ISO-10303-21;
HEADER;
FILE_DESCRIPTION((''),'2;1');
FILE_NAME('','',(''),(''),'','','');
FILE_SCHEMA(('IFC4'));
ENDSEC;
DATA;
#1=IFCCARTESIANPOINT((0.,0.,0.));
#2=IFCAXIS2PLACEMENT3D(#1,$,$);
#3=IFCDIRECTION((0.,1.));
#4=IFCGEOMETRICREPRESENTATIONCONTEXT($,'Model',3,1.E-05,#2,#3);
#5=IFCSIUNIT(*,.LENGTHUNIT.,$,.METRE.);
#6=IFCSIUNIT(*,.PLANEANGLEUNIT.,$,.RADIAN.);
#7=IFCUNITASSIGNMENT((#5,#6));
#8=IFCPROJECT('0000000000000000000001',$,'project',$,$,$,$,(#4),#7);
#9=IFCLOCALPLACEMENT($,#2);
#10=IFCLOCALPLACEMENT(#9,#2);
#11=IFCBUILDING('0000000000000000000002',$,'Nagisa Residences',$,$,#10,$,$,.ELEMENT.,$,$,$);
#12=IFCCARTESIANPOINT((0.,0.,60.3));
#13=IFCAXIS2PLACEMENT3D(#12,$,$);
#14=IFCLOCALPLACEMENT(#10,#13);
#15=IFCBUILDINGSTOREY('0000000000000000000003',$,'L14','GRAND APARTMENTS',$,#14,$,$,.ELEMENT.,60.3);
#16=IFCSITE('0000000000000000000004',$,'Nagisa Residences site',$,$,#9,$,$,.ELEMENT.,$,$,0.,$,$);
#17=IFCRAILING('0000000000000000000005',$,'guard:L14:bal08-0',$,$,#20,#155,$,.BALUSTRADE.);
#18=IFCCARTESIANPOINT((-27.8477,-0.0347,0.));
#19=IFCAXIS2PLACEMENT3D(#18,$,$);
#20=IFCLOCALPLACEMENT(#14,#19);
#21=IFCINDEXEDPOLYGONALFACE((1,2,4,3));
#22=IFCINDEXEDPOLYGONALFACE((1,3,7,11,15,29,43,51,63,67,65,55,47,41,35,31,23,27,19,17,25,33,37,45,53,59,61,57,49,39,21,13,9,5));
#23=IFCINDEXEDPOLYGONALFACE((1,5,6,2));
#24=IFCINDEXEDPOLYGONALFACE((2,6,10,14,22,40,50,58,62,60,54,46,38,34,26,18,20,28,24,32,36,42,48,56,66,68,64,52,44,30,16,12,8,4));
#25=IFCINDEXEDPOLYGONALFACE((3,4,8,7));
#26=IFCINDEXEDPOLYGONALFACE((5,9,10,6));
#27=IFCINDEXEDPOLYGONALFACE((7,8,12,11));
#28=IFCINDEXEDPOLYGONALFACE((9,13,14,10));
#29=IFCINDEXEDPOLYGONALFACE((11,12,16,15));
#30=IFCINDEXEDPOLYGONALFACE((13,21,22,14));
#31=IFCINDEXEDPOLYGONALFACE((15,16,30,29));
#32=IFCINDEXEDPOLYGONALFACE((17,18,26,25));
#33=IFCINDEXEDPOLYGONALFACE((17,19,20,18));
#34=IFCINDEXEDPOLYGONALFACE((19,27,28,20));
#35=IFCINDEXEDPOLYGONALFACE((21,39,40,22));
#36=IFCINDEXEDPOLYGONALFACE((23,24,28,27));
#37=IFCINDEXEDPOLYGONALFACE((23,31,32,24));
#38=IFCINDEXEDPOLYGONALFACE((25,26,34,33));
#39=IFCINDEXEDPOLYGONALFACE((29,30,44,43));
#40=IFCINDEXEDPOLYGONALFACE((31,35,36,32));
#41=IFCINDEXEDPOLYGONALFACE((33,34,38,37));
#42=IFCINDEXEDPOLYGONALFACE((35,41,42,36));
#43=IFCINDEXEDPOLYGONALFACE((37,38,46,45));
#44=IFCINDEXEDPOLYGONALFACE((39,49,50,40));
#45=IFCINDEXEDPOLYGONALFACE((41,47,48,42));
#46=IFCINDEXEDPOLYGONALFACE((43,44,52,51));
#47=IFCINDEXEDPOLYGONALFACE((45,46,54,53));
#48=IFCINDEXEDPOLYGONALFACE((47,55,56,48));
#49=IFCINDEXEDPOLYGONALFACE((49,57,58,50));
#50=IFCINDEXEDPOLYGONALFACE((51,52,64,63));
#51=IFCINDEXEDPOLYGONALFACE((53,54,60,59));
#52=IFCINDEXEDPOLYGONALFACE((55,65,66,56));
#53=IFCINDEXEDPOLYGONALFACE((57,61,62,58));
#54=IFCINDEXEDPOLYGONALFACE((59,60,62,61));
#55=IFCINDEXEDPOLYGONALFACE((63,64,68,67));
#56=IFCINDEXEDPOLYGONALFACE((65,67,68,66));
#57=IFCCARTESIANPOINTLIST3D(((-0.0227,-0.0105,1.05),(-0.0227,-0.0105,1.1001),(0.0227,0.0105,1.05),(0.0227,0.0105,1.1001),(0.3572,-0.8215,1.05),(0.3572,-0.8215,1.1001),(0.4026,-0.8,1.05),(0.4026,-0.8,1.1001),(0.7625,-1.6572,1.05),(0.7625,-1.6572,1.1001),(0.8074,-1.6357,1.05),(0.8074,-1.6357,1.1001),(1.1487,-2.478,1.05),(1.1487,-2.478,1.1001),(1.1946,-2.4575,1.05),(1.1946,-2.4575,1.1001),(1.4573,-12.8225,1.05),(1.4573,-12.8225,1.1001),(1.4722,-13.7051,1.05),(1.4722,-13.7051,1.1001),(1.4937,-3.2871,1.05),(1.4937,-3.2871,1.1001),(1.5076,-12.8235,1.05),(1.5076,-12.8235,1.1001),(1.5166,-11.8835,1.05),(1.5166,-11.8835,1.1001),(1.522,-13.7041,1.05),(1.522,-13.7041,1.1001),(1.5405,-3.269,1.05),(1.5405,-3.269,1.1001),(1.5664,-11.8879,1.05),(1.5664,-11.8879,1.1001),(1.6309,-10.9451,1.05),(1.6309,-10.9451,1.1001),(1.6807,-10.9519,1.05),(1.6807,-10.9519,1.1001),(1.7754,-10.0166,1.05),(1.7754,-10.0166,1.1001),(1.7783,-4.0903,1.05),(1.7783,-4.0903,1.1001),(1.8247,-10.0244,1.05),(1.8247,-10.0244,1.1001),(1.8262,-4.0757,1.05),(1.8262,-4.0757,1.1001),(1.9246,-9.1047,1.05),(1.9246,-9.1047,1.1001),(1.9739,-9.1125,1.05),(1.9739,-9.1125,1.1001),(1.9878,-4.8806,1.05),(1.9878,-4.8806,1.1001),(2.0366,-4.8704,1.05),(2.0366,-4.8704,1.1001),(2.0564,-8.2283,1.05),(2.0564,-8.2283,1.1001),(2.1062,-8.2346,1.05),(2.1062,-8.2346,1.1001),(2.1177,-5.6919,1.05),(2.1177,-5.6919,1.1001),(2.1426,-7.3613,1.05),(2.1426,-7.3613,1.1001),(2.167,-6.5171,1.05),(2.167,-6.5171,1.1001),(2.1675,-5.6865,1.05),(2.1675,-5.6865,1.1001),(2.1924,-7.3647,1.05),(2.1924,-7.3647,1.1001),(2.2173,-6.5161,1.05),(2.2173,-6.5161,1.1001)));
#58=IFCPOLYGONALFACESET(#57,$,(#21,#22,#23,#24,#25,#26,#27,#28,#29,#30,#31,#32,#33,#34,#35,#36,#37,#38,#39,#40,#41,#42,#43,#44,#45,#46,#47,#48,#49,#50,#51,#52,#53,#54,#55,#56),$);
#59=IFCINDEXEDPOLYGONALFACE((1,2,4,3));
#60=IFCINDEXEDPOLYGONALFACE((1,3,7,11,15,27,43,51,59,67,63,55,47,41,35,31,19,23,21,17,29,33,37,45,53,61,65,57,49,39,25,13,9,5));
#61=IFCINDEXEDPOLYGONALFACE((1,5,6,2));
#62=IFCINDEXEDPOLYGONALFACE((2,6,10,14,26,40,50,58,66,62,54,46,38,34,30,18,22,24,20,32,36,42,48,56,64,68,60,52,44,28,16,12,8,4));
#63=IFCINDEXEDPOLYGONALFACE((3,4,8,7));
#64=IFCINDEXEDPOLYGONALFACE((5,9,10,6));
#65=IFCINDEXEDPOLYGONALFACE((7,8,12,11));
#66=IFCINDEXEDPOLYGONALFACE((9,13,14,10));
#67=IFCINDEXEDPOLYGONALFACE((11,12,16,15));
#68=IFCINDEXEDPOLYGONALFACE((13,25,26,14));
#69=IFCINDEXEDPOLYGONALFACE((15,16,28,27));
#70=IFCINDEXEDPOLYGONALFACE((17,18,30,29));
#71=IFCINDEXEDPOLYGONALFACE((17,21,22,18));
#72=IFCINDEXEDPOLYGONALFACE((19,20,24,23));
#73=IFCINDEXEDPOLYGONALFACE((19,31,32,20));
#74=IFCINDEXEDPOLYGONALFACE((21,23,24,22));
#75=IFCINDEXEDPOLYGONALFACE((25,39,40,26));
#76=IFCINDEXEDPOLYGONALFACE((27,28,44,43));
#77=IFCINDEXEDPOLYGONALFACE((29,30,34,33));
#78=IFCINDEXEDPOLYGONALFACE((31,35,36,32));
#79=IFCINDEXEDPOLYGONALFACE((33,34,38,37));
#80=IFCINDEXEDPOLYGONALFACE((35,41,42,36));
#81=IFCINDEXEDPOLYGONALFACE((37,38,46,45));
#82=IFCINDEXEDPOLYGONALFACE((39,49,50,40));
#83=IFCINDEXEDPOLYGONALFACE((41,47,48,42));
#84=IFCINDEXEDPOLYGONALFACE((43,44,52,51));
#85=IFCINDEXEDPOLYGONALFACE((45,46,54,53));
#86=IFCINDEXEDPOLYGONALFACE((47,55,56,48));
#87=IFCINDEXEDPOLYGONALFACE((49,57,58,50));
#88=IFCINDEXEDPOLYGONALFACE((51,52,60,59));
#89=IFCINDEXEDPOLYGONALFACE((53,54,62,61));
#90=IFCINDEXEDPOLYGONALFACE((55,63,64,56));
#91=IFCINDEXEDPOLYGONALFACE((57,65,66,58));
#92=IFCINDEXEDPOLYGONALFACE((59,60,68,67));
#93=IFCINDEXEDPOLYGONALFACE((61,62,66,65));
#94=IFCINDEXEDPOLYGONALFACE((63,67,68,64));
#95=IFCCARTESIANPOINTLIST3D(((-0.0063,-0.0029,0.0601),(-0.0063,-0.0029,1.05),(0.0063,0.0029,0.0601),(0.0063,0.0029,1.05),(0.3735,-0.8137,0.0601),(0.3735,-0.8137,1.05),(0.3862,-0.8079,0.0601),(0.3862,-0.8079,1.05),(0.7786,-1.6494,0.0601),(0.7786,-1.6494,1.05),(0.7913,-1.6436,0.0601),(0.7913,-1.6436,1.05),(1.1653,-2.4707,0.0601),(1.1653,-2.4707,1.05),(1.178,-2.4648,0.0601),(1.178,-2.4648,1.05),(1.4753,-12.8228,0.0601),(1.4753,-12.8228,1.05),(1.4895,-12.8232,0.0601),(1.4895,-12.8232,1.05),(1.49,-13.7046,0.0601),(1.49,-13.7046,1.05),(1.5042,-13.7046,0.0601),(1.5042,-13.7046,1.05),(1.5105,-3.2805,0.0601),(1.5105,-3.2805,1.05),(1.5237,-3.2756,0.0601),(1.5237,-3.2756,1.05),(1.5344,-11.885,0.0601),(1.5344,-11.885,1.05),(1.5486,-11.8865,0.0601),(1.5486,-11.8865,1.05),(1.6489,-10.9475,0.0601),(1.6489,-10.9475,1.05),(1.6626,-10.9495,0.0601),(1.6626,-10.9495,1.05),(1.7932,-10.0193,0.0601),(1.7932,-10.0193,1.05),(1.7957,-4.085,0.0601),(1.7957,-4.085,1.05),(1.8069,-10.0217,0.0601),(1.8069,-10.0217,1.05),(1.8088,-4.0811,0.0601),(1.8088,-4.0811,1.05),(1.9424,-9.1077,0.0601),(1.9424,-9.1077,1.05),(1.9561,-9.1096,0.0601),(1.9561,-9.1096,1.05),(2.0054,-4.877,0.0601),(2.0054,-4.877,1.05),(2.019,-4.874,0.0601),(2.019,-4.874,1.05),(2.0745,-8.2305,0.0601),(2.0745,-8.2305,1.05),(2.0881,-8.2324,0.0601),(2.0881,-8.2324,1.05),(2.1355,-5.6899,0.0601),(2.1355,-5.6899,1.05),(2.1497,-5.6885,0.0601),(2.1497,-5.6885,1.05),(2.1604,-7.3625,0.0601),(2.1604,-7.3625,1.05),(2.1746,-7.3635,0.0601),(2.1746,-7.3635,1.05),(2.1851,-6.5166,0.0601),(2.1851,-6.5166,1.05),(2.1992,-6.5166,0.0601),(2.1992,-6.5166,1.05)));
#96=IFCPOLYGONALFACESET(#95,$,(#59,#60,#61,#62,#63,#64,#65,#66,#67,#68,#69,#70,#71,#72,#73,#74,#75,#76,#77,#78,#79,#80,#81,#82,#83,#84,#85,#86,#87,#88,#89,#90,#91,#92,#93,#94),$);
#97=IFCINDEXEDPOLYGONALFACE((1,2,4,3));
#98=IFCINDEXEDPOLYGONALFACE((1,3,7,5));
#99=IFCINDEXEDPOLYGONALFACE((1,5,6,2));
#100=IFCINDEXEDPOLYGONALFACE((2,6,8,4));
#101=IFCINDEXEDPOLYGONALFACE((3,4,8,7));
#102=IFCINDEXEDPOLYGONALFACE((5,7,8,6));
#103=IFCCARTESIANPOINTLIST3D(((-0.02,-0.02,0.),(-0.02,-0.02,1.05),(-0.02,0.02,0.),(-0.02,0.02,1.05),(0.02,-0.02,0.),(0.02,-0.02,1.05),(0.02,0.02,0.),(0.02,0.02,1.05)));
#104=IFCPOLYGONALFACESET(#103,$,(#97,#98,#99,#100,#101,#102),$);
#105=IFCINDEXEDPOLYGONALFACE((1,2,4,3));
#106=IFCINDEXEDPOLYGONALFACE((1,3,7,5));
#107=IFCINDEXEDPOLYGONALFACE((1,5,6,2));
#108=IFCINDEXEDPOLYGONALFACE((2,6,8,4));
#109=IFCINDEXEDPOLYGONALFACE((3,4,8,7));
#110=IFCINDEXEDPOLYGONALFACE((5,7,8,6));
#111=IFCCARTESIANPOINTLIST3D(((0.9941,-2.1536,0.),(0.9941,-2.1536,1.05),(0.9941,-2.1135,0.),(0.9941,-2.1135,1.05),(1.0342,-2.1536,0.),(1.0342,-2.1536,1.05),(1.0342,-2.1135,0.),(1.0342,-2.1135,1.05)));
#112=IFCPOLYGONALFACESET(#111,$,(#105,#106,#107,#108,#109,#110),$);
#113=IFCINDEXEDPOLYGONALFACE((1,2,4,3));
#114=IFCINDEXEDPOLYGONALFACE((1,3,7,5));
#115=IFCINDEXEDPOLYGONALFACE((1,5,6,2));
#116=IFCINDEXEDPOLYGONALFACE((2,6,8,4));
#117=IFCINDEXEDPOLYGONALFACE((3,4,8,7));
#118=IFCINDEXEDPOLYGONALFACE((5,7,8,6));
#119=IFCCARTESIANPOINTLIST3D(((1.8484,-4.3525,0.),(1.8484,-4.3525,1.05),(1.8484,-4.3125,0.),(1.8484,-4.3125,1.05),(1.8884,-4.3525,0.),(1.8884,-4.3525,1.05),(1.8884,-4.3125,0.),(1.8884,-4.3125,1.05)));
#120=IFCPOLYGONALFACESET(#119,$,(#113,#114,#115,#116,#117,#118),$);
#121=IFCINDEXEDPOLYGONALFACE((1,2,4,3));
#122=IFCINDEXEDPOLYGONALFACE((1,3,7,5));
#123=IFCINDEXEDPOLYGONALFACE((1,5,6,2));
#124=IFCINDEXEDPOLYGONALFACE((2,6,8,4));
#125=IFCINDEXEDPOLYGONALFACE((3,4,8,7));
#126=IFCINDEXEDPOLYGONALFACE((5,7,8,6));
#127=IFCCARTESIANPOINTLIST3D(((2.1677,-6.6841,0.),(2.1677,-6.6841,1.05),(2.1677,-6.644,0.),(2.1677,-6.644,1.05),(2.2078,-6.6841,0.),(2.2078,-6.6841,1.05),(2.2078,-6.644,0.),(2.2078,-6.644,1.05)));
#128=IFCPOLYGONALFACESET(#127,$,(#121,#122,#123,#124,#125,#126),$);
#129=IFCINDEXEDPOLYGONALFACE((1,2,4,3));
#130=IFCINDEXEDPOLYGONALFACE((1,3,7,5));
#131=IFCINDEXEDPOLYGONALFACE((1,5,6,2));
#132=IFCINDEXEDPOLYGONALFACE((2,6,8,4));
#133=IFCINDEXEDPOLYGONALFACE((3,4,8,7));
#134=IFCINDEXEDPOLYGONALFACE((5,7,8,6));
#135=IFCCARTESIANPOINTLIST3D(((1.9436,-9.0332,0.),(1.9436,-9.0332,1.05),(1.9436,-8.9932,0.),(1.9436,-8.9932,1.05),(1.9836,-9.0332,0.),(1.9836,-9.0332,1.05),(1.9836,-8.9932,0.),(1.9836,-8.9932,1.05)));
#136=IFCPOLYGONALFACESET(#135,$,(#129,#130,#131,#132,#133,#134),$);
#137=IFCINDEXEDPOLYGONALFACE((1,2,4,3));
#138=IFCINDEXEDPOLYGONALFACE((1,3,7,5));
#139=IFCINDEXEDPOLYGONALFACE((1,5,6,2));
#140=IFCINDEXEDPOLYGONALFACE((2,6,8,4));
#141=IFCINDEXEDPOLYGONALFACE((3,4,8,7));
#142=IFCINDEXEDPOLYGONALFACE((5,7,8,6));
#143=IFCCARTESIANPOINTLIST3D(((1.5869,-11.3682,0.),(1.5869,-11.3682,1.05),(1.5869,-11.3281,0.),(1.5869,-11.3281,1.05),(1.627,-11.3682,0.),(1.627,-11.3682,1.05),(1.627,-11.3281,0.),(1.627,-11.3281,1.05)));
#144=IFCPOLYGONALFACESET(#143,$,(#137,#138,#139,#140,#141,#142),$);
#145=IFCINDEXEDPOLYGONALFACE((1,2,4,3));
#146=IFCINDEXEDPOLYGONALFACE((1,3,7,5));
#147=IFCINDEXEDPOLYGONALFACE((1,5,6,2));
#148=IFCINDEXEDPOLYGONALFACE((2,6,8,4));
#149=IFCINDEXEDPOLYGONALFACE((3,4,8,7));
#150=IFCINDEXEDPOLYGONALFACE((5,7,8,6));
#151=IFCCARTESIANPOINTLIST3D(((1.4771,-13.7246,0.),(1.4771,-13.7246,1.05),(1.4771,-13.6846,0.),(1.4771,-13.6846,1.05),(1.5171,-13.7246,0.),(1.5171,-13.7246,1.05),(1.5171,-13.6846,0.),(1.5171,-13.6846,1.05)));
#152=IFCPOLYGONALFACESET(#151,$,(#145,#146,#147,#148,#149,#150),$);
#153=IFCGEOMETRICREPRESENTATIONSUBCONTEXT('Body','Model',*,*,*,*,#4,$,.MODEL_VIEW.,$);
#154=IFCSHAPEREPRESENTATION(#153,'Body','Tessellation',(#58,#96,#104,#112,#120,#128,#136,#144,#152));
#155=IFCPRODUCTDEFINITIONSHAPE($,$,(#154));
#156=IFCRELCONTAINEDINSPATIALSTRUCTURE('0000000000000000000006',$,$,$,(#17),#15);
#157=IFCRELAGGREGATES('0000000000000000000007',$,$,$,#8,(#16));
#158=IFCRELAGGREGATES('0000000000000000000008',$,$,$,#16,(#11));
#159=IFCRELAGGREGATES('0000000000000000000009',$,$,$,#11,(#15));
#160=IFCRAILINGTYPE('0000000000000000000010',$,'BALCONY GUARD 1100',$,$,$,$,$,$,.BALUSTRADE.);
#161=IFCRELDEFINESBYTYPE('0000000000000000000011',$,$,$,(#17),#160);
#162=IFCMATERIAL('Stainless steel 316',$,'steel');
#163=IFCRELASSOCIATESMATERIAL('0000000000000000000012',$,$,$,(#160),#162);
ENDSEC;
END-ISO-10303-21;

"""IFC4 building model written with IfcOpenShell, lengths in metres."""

from ifc_helpers import new_model, si_unit, direction, frame, origin, origin_2d, place, context, subcontext, project, spatial, polyline, rectangle, outline, extrude, material, type_object, element, save


model = new_model("IFC4")

# Units and contexts
model_context = context("Model", 3, precision=1e-05, world=origin(), true_north=direction((0.0, 1.0)))
body_context = subcontext(model_context, "Body", "Model", "MODEL_VIEW")
ifc_project = project(units=[si_unit("LENGTHUNIT", "METRE"), si_unit("PLANEANGLEUNIT", "RADIAN")], contexts=[model_context])

# Site, building, storey
site_placement = place(None, origin())
site = spatial("IfcSite", under=ifc_project, at=site_placement, Name="Nagisa Residences site", CompositionType="ELEMENT", RefElevation=0.0)
building_placement = place(site_placement, origin())
building = spatial("IfcBuilding", under=site, at=building_placement, Name="Nagisa Residences", CompositionType="ELEMENT")
storey_placement = place(building_placement, frame((0.0, 0.0, 60.3)))
storey = spatial("IfcBuildingStorey", under=building, at=storey_placement, Name="L14", Description="GRAND APARTMENTS", CompositionType="ELEMENT", Elevation=60.3)

# Railing
ifc_material_1 = material(Name="Stainless steel 316", Category="steel")
railing_type = type_object("IfcRailingType", Name="BALCONY GUARD 1100", PredefinedType="BALUSTRADE", material=ifc_material_1)
railing_placement = place(storey_placement, frame((-27.8477, -0.0347, 0.0)))
element("IfcRailing", 1, at=railing_placement, inside=storey, type_object=railing_type, Name="guard:L14:bal08-0", PredefinedType="BALUSTRADE", context=body_context, shape_type="SweptSolid", body=[
    extrude(outline(polyline([(0.4026, -0.8), (0.0227, 0.0105), (-0.0227, -0.0105), (0.3572, -0.8215), (0.7625, -1.6572), (1.1487, -2.478), (1.4937, -3.2871), (1.7783, -4.0903), (1.9878, -4.8806), (2.1177, -5.6919), (2.167, -6.5171), (2.1426, -7.3613), (2.0564, -8.2283), (1.9246, -9.1047), (1.7754, -10.0166), (1.6309, -10.9451), (1.5166, -11.8835), (1.4573, -12.8225), (1.4722, -13.7051), (1.522, -13.7041), (1.5076, -12.8235), (1.5664, -11.8879), (1.6807, -10.9519), (1.8247, -10.0244), (1.9739, -9.1125), (2.1062, -8.2346), (2.1924, -7.3647), (2.2173, -6.5161), (2.1675, -5.6865), (2.0366, -4.8704), (1.8262, -4.0757), (1.5405, -3.269), (1.1946, -2.4575), (0.8074, -1.6357), (0.4026, -0.8)])), frame((0.0, 0.0, 1.05)), (0.0, 0.0, 1.0), 0.05),
    extrude(outline(polyline([(0.3862, -0.8079), (0.0063, 0.0029), (-0.0063, -0.0029), (0.3735, -0.8137), (0.7786, -1.6494), (1.1653, -2.4707), (1.5105, -3.2805), (1.7957, -4.085), (2.0054, -4.877), (2.1355, -5.6899), (2.1851, -6.5166), (2.1604, -7.3625), (2.0745, -8.2305), (1.9424, -9.1077), (1.7932, -10.0193), (1.6489, -10.9475), (1.5344, -11.885), (1.4753, -12.8228), (1.49, -13.7046), (1.5042, -13.7046), (1.4895, -12.8232), (1.5486, -11.8865), (1.6626, -10.9495), (1.8069, -10.0217), (1.9561, -9.1096), (2.0881, -8.2324), (2.1746, -7.3635), (2.1992, -6.5166), (2.1497, -5.6885), (2.019, -4.874), (1.8088, -4.0811), (1.5237, -3.2756), (1.178, -2.4648), (0.7913, -1.6436), (0.3862, -0.8079)])), frame((0.0, 0.0, 0.0601)), (0.0, 0.0, 1.0), 0.99),
    extrude(rectangle(XDim=0.04, YDim=0.04, at=origin_2d()), origin(), (0.0, 0.0, 1.0), 1.05),
    extrude(rectangle(XDim=0.04, YDim=0.04, at=origin_2d()), frame((1.0142, -2.1335, 0.0)), (0.0, 0.0, 1.0), 1.05),
    extrude(rectangle(XDim=0.04, YDim=0.04, at=origin_2d()), frame((1.8684, -4.3325, 0.0)), (0.0, 0.0, 1.0), 1.05),
    extrude(rectangle(XDim=0.04, YDim=0.04, at=origin_2d()), frame((2.1877, -6.6641, 0.0)), (0.0, 0.0, 1.0), 1.05),
    extrude(rectangle(XDim=0.04, YDim=0.04, at=origin_2d()), frame((1.9636, -9.0132, 0.0)), (0.0, 0.0, 1.0), 1.05),
    extrude(rectangle(XDim=0.04, YDim=0.04, at=origin_2d()), frame((1.6069, -11.3481, 0.0)), (0.0, 0.0, 1.0), 1.05),
    extrude(rectangle(XDim=0.04, YDim=0.04, at=origin_2d()), frame((1.4971, -13.7046, 0.0)), (0.0, 0.0, 1.0), 1.05),
])

save(model, "model.ifc")
